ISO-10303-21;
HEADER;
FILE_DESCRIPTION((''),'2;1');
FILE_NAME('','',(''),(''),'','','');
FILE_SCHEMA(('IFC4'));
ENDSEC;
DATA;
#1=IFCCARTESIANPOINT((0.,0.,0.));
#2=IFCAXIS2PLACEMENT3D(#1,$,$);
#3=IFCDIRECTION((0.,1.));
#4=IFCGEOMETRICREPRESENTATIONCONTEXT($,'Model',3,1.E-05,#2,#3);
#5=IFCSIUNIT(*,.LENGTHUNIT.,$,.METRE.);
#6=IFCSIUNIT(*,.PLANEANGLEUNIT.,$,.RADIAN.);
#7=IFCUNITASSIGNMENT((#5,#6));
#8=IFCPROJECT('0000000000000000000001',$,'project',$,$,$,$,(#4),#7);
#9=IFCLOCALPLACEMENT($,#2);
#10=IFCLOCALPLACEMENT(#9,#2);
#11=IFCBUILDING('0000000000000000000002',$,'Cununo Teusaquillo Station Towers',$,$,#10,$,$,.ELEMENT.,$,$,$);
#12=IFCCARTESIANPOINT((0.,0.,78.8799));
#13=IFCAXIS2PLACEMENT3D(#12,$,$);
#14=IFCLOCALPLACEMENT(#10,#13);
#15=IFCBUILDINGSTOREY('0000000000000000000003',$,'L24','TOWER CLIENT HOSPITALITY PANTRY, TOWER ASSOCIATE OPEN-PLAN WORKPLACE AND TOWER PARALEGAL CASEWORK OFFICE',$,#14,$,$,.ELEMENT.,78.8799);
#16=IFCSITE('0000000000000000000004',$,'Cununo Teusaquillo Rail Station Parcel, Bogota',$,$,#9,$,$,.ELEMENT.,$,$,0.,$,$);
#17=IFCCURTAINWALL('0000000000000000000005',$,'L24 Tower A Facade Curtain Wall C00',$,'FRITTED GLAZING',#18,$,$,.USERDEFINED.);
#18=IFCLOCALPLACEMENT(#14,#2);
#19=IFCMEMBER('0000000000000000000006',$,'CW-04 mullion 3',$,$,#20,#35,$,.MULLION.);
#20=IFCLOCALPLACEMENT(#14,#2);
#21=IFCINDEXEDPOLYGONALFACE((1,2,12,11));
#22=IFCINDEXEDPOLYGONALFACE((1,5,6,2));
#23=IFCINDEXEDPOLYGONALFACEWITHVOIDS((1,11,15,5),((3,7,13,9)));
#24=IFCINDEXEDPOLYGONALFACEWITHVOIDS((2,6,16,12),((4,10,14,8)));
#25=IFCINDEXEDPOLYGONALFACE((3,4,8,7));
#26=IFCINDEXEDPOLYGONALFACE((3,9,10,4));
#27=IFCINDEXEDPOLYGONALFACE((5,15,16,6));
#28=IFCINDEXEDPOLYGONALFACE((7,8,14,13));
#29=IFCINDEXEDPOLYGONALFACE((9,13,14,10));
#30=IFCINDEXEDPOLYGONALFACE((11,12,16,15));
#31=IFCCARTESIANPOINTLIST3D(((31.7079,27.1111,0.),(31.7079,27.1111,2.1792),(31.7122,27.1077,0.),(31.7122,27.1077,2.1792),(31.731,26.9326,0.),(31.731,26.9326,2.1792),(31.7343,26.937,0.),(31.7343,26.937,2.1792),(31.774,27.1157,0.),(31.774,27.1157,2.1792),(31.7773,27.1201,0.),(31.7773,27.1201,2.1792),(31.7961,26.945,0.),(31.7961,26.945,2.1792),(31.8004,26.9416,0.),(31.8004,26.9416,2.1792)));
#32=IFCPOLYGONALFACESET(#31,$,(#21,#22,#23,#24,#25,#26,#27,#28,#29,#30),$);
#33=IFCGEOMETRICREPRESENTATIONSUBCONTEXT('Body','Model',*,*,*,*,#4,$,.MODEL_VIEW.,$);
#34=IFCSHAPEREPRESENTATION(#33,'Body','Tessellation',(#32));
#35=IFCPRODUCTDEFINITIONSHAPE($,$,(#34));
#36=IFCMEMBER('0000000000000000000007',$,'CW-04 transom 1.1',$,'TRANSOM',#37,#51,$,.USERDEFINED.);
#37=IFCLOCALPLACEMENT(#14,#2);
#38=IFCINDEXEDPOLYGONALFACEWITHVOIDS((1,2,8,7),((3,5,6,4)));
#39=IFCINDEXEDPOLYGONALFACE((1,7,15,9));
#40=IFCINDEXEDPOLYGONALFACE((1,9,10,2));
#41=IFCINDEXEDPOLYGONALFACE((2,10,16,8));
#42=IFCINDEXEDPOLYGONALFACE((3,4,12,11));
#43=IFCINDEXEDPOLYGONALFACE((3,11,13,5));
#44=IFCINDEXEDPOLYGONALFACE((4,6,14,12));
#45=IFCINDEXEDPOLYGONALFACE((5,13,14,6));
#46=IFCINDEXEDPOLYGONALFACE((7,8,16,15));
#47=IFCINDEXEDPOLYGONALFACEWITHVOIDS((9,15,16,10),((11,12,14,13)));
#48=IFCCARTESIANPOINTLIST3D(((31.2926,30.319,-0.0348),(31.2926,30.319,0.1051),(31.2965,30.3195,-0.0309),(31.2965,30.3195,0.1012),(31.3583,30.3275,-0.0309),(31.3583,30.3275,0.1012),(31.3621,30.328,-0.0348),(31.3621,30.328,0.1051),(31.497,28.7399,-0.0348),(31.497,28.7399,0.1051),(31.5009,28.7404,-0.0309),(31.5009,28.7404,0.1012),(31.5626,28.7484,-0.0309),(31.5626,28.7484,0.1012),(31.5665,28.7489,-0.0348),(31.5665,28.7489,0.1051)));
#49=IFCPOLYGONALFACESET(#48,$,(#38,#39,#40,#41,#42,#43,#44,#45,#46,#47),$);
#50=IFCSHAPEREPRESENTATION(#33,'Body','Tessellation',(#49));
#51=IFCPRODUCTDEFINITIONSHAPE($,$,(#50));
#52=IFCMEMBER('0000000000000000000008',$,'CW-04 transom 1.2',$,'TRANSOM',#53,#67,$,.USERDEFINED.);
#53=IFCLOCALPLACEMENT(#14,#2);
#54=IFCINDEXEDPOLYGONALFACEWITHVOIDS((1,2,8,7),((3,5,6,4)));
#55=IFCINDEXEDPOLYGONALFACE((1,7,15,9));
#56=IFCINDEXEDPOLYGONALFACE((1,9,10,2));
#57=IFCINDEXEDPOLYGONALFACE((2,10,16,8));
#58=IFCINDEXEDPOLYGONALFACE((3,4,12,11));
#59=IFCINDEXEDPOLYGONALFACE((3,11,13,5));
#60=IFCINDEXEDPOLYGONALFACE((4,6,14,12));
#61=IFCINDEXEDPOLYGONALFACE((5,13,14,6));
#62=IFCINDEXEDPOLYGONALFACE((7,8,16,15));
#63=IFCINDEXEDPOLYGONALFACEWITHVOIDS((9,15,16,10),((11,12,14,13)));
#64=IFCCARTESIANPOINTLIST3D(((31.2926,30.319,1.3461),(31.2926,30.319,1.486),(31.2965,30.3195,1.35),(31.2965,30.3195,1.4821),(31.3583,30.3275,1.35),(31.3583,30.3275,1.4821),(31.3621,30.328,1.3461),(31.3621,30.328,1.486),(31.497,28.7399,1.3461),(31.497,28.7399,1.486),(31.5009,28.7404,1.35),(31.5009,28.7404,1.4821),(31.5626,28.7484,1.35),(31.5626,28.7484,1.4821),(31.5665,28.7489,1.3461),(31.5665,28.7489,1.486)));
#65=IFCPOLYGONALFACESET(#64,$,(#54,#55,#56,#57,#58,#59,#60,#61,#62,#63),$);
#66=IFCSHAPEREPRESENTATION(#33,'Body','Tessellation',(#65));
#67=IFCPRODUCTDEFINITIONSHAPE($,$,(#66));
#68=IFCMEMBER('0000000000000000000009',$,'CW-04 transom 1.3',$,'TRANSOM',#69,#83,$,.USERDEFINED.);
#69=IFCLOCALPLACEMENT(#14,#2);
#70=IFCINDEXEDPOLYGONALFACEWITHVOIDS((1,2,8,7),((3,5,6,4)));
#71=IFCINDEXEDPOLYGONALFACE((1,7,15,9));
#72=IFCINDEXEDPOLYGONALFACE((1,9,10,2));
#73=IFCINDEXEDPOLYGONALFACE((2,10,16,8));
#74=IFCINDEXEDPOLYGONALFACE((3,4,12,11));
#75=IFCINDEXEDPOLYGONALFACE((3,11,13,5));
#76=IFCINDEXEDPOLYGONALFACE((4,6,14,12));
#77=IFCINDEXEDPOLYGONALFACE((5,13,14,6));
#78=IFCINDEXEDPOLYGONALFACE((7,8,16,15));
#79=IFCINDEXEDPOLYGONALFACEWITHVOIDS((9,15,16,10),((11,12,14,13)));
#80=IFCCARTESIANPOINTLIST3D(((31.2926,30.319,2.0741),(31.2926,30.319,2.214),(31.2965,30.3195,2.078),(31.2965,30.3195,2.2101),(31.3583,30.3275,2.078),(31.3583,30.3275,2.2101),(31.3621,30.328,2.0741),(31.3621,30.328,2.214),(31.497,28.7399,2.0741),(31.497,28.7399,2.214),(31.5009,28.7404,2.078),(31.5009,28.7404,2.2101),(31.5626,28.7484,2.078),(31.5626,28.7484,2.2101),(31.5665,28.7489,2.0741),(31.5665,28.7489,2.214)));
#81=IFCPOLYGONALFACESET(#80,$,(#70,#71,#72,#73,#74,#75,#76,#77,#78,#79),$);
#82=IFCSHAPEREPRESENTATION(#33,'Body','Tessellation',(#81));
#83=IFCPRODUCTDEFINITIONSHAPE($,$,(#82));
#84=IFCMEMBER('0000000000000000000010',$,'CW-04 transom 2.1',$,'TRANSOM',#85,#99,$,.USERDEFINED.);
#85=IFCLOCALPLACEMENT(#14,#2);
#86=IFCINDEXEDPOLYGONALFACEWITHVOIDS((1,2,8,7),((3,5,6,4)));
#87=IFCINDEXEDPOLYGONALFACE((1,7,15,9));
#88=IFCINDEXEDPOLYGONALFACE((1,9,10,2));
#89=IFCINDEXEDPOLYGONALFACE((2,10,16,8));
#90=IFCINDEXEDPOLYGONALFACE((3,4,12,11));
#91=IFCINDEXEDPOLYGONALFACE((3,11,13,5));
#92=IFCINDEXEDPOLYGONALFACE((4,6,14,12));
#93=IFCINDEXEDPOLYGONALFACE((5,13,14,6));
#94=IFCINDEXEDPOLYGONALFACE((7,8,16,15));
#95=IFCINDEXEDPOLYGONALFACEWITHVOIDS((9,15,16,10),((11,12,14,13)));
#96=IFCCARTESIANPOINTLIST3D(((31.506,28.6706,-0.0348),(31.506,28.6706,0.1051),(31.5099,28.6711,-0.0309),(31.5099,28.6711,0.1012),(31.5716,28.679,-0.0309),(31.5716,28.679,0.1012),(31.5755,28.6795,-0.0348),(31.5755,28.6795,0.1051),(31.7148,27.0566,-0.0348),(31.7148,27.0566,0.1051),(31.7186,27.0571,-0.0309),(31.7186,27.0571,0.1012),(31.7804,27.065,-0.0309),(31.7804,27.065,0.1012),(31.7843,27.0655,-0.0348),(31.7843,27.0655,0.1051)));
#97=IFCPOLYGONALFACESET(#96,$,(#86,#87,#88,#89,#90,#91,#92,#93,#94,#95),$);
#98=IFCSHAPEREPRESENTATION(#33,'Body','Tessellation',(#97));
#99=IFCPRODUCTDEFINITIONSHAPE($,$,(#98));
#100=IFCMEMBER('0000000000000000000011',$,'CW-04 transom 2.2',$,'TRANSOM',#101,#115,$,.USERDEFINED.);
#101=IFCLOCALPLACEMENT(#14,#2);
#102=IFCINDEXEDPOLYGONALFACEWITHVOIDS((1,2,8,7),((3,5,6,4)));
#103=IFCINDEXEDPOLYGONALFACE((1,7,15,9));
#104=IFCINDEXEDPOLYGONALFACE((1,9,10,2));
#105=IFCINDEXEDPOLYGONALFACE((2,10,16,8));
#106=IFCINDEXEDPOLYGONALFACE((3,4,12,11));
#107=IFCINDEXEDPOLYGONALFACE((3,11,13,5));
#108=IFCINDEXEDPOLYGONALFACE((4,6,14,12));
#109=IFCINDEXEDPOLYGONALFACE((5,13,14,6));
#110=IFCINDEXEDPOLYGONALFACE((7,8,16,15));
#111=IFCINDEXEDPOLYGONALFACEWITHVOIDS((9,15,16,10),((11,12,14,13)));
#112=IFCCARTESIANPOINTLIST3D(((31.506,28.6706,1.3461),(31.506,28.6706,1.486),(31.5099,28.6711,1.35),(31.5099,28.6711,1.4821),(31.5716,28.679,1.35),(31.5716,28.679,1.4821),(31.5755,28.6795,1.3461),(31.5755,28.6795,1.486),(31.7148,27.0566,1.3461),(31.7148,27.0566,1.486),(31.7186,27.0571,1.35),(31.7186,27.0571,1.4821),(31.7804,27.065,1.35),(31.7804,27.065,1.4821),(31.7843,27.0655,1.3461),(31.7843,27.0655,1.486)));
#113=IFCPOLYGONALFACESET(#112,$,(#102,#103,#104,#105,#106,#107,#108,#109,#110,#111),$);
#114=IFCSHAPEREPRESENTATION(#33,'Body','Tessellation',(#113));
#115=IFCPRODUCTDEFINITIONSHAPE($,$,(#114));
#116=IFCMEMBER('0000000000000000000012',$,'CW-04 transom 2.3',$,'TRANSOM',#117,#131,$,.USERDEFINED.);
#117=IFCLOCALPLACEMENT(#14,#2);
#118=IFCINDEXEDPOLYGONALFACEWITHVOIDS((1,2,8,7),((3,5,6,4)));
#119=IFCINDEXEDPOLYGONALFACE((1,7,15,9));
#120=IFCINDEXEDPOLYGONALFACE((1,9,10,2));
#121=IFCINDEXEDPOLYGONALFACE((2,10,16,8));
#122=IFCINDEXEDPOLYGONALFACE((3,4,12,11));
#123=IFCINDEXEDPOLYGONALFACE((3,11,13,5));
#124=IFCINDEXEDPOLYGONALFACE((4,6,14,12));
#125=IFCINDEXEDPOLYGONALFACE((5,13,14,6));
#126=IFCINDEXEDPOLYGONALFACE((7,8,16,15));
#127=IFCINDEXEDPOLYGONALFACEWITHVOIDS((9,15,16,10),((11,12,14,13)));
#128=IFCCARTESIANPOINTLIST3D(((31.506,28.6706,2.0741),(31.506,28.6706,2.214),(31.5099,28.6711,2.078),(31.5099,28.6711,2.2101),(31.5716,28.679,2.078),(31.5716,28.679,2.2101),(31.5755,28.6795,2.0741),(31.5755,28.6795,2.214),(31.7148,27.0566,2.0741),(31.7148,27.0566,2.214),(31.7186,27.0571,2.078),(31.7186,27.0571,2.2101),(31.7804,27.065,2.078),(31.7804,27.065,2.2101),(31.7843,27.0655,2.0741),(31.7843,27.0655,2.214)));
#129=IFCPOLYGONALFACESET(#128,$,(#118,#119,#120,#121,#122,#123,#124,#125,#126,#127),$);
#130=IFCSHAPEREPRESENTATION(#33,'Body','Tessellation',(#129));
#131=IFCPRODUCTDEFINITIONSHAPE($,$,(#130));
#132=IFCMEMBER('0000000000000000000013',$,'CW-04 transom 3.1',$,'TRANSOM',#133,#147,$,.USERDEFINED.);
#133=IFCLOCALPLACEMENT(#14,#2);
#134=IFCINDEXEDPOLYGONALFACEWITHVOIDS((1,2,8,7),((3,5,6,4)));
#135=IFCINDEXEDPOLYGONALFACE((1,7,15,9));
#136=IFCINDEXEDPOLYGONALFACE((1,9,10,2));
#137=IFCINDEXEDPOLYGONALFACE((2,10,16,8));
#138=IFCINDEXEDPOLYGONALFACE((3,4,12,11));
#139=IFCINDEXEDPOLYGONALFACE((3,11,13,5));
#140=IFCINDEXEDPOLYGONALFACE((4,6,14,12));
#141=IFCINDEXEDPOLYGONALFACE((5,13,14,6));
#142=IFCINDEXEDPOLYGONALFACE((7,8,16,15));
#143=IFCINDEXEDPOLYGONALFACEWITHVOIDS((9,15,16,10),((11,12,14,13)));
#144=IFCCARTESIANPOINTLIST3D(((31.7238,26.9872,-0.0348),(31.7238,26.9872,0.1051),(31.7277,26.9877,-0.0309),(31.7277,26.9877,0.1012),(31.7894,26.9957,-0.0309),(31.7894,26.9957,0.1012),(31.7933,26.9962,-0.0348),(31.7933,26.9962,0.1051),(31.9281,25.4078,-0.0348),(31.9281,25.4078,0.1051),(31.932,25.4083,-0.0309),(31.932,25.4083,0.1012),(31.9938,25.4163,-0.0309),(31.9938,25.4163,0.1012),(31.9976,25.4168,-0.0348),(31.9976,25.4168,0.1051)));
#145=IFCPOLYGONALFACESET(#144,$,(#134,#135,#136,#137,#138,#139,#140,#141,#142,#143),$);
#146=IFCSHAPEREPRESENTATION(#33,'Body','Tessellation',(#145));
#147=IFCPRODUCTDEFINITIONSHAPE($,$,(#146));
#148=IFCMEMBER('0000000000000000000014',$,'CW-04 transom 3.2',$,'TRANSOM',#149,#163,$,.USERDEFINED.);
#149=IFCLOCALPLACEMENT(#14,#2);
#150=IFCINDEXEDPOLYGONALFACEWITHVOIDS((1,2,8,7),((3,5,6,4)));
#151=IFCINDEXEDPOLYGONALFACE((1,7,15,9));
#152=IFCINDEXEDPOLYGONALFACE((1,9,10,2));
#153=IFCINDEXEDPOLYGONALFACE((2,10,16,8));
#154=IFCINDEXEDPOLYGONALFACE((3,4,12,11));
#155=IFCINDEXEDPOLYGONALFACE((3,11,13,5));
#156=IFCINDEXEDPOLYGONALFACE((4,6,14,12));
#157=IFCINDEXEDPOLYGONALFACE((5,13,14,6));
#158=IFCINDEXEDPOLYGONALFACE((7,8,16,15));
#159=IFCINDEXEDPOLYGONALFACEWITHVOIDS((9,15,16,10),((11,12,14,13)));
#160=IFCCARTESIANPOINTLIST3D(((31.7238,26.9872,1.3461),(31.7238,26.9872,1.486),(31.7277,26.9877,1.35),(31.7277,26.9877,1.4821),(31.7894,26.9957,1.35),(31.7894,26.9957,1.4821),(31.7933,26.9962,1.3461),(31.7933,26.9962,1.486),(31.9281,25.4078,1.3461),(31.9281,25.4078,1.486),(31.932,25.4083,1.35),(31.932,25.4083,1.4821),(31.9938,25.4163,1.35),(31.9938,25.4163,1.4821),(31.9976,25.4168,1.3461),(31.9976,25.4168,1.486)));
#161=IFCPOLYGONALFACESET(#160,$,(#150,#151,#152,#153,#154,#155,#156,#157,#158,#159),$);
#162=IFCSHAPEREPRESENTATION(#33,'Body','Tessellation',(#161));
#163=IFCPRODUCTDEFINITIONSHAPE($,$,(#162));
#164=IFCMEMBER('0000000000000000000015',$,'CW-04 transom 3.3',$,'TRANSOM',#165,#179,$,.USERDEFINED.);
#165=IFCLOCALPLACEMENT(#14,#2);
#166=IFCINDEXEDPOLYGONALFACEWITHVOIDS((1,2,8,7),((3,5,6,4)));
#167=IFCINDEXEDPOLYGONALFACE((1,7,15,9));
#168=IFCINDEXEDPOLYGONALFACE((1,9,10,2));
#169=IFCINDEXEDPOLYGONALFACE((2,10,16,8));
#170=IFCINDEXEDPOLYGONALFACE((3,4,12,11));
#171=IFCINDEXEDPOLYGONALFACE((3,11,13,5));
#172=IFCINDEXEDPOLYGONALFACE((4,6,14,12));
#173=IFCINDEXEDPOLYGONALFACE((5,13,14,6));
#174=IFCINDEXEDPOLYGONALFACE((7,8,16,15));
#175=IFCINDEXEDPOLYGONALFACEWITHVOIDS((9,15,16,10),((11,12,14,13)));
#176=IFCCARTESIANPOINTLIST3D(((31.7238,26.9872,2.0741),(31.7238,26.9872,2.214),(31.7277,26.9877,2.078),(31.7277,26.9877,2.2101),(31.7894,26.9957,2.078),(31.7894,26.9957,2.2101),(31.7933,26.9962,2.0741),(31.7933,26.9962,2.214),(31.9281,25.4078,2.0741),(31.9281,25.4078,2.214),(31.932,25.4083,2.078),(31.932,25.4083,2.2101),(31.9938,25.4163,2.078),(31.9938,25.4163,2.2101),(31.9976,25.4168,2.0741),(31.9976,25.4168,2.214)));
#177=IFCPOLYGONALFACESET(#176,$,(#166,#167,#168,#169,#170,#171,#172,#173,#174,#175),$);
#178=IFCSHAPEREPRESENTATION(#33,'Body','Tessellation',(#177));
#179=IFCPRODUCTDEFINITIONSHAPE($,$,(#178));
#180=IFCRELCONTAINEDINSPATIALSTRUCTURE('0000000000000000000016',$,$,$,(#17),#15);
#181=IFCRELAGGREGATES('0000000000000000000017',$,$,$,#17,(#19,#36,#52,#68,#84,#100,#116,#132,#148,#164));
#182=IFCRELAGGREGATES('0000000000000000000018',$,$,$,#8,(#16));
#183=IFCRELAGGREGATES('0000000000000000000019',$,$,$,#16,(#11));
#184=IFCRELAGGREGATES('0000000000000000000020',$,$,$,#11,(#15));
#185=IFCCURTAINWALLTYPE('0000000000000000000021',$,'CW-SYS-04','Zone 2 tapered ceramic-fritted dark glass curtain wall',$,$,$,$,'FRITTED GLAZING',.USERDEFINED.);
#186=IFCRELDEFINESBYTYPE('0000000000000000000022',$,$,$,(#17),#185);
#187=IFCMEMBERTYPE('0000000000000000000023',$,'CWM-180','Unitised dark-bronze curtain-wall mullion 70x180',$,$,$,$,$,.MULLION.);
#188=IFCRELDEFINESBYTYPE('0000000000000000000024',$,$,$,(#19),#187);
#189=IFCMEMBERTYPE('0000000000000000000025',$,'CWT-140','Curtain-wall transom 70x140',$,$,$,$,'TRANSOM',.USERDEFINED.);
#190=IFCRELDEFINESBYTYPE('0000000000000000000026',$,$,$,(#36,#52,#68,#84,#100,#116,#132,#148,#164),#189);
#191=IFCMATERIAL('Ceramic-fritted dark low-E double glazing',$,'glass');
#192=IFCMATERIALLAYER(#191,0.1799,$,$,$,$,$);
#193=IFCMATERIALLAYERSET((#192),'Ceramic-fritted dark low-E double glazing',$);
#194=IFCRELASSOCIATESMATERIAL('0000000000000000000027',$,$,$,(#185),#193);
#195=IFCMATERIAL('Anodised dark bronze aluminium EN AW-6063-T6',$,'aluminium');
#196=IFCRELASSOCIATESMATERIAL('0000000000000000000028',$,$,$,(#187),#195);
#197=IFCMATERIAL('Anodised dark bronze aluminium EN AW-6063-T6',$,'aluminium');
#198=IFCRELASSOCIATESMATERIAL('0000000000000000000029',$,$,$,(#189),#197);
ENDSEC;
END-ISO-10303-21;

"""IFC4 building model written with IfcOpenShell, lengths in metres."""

from ifc_helpers import new_model, si_unit, direction, frame, origin, origin_2d, place, context, subcontext, project, spatial, hollow_rectangle, extrude, material, layer, layer_set, material_profile, profile_set, type_object, element, aggregate, save


model = new_model("IFC4")

# Units and contexts
model_context = context("Model", 3, precision=1e-05, world=origin(), true_north=direction((0.0, 1.0)))
body_context = subcontext(model_context, "Body", "Model", "MODEL_VIEW")
ifc_project = project(units=[si_unit("LENGTHUNIT", "METRE"), si_unit("PLANEANGLEUNIT", "RADIAN")], contexts=[model_context])

# Site, building, storey
site_placement = place(None, origin())
site = spatial("IfcSite", under=ifc_project, at=site_placement, Name="Cununo Teusaquillo Rail Station Parcel, Bogota", CompositionType="ELEMENT", RefElevation=0.0)
building_placement = place(site_placement, origin())
building = spatial("IfcBuilding", under=site, at=building_placement, Name="Cununo Teusaquillo Station Towers", CompositionType="ELEMENT")
storey_placement = place(building_placement, frame((0.0, 0.0, 78.8799)))
storey = spatial("IfcBuildingStorey", under=building, at=storey_placement, Name="L24", Description="TOWER CLIENT HOSPITALITY PANTRY, TOWER ASSOCIATE OPEN-PLAN WORKPLACE AND TOWER PARALEGAL CASEWORK OFFICE", CompositionType="ELEMENT", Elevation=78.8799)

# Curtain wall, members
ifc_material_1 = material(Name="Ceramic-fritted dark low-E double glazing", Category="glass")
ifc_layer_1 = layer(ifc_material_1, 0.1799)
ifc_layer_set_1 = layer_set([ifc_layer_1], Name="Ceramic-fritted dark low-E double glazing")
curtain_wall_type = type_object("IfcCurtainWallType", Name="CW-SYS-04", Description="Zone 2 tapered ceramic-fritted dark glass curtain wall", ElementType="FRITTED GLAZING", PredefinedType="USERDEFINED", material=ifc_layer_set_1)
curtain_wall_placement = place(storey_placement, origin())
curtain_wall = element("IfcCurtainWall", 1, at=curtain_wall_placement, inside=storey, type_object=curtain_wall_type, Name="L24 Tower A Facade Curtain Wall C00", ObjectType="FRITTED GLAZING", PredefinedType="USERDEFINED")
ifc_material_2 = material(Name="Anodised dark bronze aluminium EN AW-6063-T6", Category="aluminium")
ifc_material_profile_1 = material_profile(ifc_material_2, hollow_rectangle(XDim=0.0701, YDim=0.1799, WallThickness=0.0039, at=origin_2d()), Name="CW-MULL-70x180")
ifc_profile_set_1 = profile_set([ifc_material_profile_1], Name="Anodised dark bronze aluminium EN AW-6063-T6")
member_type_1 = type_object("IfcMemberType", Name="CWM-180", Description="Unitised dark-bronze curtain-wall mullion 70x180", PredefinedType="MULLION", material=ifc_profile_set_1)
member_1_placement = place(storey_placement, frame((31.7542, 27.0264, 0.0), z_axis=(0.0, 0.0, 1.0), x_axis=(0.991731, 0.128336, 0.0)))
member_1 = element("IfcMember", 2, at=member_1_placement, type_object=member_type_1, Name="CW-04 mullion 3", PredefinedType="MULLION", context=body_context, shape_type="SweptSolid", body=[
    extrude(hollow_rectangle(XDim=0.0701, YDim=0.1799, WallThickness=0.0039, at=origin_2d()), origin(), (0.0, 0.0, 1.0), 2.1792),
])
ifc_material_3 = material(Name="Anodised dark bronze aluminium EN AW-6063-T6", Category="aluminium")
ifc_material_profile_2 = material_profile(ifc_material_3, hollow_rectangle(XDim=0.0701, YDim=0.1399, WallThickness=0.0039, at=origin_2d()), Name="CW-TRAN-70x140")
ifc_profile_set_2 = profile_set([ifc_material_profile_2], Name="Anodised dark bronze aluminium EN AW-6063-T6")
member_type_2 = type_object("IfcMemberType", Name="CWT-140", Description="Curtain-wall transom 70x140", ElementType="TRANSOM", PredefinedType="USERDEFINED", material=ifc_profile_set_2)
member_2_placement = place(storey_placement, frame((31.3274, 30.3235, 0.0352), z_axis=(0.128336, -0.991731, 0.0), x_axis=(0.991731, 0.128336, 0.0)))
member_2 = element("IfcMember", 3, at=member_2_placement, type_object=member_type_2, Name="CW-04 transom 1.1", ObjectType="TRANSOM", PredefinedType="USERDEFINED", context=body_context, shape_type="SweptSolid", body=[
    extrude(hollow_rectangle(XDim=0.0701, YDim=0.1399, WallThickness=0.0039, at=origin_2d()), origin(), (0.0, 0.0, 1.0), 1.5923),
])
member_3_placement = place(storey_placement, frame((31.3274, 30.3235, 1.416), z_axis=(0.128336, -0.991731, 0.0), x_axis=(0.991731, 0.128336, 0.0)))
member_3 = element("IfcMember", 4, at=member_3_placement, type_object=member_type_2, Name="CW-04 transom 1.2", ObjectType="TRANSOM", PredefinedType="USERDEFINED", context=body_context, shape_type="SweptSolid", body=[
    extrude(hollow_rectangle(XDim=0.0701, YDim=0.1399, WallThickness=0.0039, at=origin_2d()), origin(), (0.0, 0.0, 1.0), 1.5923),
])
member_4_placement = place(storey_placement, frame((31.3274, 30.3235, 2.144), z_axis=(0.128336, -0.991731, 0.0), x_axis=(0.991731, 0.128336, 0.0)))
member_4 = element("IfcMember", 5, at=member_4_placement, type_object=member_type_2, Name="CW-04 transom 1.3", ObjectType="TRANSOM", PredefinedType="USERDEFINED", context=body_context, shape_type="SweptSolid", body=[
    extrude(hollow_rectangle(XDim=0.0701, YDim=0.1399, WallThickness=0.0039, at=origin_2d()), origin(), (0.0, 0.0, 1.0), 1.5923),
])
member_5_placement = place(storey_placement, frame((31.5408, 28.675, 0.0352), z_axis=(0.128262, -0.99174, 0.0), x_axis=(0.99174, 0.128262, 0.0)))
member_5 = element("IfcMember", 6, at=member_5_placement, type_object=member_type_2, Name="CW-04 transom 2.1", ObjectType="TRANSOM", PredefinedType="USERDEFINED", context=body_context, shape_type="SweptSolid", body=[
    extrude(hollow_rectangle(XDim=0.0701, YDim=0.1399, WallThickness=0.0039, at=origin_2d()), origin(), (0.0, 0.0, 1.0), 1.6274),
])
member_6_placement = place(storey_placement, frame((31.5408, 28.675, 1.416), z_axis=(0.128262, -0.99174, 0.0), x_axis=(0.99174, 0.128262, 0.0)))
member_6 = element("IfcMember", 7, at=member_6_placement, type_object=member_type_2, Name="CW-04 transom 2.2", ObjectType="TRANSOM", PredefinedType="USERDEFINED", context=body_context, shape_type="SweptSolid", body=[
    extrude(hollow_rectangle(XDim=0.0701, YDim=0.1399, WallThickness=0.0039, at=origin_2d()), origin(), (0.0, 0.0, 1.0), 1.6274),
])
member_7_placement = place(storey_placement, frame((31.5408, 28.675, 2.144), z_axis=(0.128262, -0.99174, 0.0), x_axis=(0.99174, 0.128262, 0.0)))
member_7 = element("IfcMember", 8, at=member_7_placement, type_object=member_type_2, Name="CW-04 transom 2.3", ObjectType="TRANSOM", PredefinedType="USERDEFINED", context=body_context, shape_type="SweptSolid", body=[
    extrude(hollow_rectangle(XDim=0.0701, YDim=0.1399, WallThickness=0.0039, at=origin_2d()), origin(), (0.0, 0.0, 1.0), 1.6274),
])
member_8_placement = place(storey_placement, frame((31.7585, 26.9917, 0.0352), z_axis=(0.128317, -0.991733, 0.0), x_axis=(0.991733, 0.128317, 0.0)))
member_8 = element("IfcMember", 9, at=member_8_placement, type_object=member_type_2, Name="CW-04 transom 3.1", ObjectType="TRANSOM", PredefinedType="USERDEFINED", context=body_context, shape_type="SweptSolid", body=[
    extrude(hollow_rectangle(XDim=0.0701, YDim=0.1399, WallThickness=0.0039, at=origin_2d()), origin(), (0.0, 0.0, 1.0), 1.5925),
])
member_9_placement = place(storey_placement, frame((31.7585, 26.9917, 1.416), z_axis=(0.128317, -0.991733, 0.0), x_axis=(0.991733, 0.128317, 0.0)))
member_9 = element("IfcMember", 10, at=member_9_placement, type_object=member_type_2, Name="CW-04 transom 3.2", ObjectType="TRANSOM", PredefinedType="USERDEFINED", context=body_context, shape_type="SweptSolid", body=[
    extrude(hollow_rectangle(XDim=0.0701, YDim=0.1399, WallThickness=0.0039, at=origin_2d()), origin(), (0.0, 0.0, 1.0), 1.5925),
])
member_10_placement = place(storey_placement, frame((31.7585, 26.9917, 2.144), z_axis=(0.128317, -0.991733, 0.0), x_axis=(0.991733, 0.128317, 0.0)))
member_10 = element("IfcMember", 11, at=member_10_placement, type_object=member_type_2, Name="CW-04 transom 3.3", ObjectType="TRANSOM", PredefinedType="USERDEFINED", context=body_context, shape_type="SweptSolid", body=[
    extrude(hollow_rectangle(XDim=0.0701, YDim=0.1399, WallThickness=0.0039, at=origin_2d()), origin(), (0.0, 0.0, 1.0), 1.5925),
])
aggregate(curtain_wall, [member_1, member_2, member_3, member_4, member_5, member_6, member_7, member_8, member_9, member_10])

save(model, "model.ifc")
